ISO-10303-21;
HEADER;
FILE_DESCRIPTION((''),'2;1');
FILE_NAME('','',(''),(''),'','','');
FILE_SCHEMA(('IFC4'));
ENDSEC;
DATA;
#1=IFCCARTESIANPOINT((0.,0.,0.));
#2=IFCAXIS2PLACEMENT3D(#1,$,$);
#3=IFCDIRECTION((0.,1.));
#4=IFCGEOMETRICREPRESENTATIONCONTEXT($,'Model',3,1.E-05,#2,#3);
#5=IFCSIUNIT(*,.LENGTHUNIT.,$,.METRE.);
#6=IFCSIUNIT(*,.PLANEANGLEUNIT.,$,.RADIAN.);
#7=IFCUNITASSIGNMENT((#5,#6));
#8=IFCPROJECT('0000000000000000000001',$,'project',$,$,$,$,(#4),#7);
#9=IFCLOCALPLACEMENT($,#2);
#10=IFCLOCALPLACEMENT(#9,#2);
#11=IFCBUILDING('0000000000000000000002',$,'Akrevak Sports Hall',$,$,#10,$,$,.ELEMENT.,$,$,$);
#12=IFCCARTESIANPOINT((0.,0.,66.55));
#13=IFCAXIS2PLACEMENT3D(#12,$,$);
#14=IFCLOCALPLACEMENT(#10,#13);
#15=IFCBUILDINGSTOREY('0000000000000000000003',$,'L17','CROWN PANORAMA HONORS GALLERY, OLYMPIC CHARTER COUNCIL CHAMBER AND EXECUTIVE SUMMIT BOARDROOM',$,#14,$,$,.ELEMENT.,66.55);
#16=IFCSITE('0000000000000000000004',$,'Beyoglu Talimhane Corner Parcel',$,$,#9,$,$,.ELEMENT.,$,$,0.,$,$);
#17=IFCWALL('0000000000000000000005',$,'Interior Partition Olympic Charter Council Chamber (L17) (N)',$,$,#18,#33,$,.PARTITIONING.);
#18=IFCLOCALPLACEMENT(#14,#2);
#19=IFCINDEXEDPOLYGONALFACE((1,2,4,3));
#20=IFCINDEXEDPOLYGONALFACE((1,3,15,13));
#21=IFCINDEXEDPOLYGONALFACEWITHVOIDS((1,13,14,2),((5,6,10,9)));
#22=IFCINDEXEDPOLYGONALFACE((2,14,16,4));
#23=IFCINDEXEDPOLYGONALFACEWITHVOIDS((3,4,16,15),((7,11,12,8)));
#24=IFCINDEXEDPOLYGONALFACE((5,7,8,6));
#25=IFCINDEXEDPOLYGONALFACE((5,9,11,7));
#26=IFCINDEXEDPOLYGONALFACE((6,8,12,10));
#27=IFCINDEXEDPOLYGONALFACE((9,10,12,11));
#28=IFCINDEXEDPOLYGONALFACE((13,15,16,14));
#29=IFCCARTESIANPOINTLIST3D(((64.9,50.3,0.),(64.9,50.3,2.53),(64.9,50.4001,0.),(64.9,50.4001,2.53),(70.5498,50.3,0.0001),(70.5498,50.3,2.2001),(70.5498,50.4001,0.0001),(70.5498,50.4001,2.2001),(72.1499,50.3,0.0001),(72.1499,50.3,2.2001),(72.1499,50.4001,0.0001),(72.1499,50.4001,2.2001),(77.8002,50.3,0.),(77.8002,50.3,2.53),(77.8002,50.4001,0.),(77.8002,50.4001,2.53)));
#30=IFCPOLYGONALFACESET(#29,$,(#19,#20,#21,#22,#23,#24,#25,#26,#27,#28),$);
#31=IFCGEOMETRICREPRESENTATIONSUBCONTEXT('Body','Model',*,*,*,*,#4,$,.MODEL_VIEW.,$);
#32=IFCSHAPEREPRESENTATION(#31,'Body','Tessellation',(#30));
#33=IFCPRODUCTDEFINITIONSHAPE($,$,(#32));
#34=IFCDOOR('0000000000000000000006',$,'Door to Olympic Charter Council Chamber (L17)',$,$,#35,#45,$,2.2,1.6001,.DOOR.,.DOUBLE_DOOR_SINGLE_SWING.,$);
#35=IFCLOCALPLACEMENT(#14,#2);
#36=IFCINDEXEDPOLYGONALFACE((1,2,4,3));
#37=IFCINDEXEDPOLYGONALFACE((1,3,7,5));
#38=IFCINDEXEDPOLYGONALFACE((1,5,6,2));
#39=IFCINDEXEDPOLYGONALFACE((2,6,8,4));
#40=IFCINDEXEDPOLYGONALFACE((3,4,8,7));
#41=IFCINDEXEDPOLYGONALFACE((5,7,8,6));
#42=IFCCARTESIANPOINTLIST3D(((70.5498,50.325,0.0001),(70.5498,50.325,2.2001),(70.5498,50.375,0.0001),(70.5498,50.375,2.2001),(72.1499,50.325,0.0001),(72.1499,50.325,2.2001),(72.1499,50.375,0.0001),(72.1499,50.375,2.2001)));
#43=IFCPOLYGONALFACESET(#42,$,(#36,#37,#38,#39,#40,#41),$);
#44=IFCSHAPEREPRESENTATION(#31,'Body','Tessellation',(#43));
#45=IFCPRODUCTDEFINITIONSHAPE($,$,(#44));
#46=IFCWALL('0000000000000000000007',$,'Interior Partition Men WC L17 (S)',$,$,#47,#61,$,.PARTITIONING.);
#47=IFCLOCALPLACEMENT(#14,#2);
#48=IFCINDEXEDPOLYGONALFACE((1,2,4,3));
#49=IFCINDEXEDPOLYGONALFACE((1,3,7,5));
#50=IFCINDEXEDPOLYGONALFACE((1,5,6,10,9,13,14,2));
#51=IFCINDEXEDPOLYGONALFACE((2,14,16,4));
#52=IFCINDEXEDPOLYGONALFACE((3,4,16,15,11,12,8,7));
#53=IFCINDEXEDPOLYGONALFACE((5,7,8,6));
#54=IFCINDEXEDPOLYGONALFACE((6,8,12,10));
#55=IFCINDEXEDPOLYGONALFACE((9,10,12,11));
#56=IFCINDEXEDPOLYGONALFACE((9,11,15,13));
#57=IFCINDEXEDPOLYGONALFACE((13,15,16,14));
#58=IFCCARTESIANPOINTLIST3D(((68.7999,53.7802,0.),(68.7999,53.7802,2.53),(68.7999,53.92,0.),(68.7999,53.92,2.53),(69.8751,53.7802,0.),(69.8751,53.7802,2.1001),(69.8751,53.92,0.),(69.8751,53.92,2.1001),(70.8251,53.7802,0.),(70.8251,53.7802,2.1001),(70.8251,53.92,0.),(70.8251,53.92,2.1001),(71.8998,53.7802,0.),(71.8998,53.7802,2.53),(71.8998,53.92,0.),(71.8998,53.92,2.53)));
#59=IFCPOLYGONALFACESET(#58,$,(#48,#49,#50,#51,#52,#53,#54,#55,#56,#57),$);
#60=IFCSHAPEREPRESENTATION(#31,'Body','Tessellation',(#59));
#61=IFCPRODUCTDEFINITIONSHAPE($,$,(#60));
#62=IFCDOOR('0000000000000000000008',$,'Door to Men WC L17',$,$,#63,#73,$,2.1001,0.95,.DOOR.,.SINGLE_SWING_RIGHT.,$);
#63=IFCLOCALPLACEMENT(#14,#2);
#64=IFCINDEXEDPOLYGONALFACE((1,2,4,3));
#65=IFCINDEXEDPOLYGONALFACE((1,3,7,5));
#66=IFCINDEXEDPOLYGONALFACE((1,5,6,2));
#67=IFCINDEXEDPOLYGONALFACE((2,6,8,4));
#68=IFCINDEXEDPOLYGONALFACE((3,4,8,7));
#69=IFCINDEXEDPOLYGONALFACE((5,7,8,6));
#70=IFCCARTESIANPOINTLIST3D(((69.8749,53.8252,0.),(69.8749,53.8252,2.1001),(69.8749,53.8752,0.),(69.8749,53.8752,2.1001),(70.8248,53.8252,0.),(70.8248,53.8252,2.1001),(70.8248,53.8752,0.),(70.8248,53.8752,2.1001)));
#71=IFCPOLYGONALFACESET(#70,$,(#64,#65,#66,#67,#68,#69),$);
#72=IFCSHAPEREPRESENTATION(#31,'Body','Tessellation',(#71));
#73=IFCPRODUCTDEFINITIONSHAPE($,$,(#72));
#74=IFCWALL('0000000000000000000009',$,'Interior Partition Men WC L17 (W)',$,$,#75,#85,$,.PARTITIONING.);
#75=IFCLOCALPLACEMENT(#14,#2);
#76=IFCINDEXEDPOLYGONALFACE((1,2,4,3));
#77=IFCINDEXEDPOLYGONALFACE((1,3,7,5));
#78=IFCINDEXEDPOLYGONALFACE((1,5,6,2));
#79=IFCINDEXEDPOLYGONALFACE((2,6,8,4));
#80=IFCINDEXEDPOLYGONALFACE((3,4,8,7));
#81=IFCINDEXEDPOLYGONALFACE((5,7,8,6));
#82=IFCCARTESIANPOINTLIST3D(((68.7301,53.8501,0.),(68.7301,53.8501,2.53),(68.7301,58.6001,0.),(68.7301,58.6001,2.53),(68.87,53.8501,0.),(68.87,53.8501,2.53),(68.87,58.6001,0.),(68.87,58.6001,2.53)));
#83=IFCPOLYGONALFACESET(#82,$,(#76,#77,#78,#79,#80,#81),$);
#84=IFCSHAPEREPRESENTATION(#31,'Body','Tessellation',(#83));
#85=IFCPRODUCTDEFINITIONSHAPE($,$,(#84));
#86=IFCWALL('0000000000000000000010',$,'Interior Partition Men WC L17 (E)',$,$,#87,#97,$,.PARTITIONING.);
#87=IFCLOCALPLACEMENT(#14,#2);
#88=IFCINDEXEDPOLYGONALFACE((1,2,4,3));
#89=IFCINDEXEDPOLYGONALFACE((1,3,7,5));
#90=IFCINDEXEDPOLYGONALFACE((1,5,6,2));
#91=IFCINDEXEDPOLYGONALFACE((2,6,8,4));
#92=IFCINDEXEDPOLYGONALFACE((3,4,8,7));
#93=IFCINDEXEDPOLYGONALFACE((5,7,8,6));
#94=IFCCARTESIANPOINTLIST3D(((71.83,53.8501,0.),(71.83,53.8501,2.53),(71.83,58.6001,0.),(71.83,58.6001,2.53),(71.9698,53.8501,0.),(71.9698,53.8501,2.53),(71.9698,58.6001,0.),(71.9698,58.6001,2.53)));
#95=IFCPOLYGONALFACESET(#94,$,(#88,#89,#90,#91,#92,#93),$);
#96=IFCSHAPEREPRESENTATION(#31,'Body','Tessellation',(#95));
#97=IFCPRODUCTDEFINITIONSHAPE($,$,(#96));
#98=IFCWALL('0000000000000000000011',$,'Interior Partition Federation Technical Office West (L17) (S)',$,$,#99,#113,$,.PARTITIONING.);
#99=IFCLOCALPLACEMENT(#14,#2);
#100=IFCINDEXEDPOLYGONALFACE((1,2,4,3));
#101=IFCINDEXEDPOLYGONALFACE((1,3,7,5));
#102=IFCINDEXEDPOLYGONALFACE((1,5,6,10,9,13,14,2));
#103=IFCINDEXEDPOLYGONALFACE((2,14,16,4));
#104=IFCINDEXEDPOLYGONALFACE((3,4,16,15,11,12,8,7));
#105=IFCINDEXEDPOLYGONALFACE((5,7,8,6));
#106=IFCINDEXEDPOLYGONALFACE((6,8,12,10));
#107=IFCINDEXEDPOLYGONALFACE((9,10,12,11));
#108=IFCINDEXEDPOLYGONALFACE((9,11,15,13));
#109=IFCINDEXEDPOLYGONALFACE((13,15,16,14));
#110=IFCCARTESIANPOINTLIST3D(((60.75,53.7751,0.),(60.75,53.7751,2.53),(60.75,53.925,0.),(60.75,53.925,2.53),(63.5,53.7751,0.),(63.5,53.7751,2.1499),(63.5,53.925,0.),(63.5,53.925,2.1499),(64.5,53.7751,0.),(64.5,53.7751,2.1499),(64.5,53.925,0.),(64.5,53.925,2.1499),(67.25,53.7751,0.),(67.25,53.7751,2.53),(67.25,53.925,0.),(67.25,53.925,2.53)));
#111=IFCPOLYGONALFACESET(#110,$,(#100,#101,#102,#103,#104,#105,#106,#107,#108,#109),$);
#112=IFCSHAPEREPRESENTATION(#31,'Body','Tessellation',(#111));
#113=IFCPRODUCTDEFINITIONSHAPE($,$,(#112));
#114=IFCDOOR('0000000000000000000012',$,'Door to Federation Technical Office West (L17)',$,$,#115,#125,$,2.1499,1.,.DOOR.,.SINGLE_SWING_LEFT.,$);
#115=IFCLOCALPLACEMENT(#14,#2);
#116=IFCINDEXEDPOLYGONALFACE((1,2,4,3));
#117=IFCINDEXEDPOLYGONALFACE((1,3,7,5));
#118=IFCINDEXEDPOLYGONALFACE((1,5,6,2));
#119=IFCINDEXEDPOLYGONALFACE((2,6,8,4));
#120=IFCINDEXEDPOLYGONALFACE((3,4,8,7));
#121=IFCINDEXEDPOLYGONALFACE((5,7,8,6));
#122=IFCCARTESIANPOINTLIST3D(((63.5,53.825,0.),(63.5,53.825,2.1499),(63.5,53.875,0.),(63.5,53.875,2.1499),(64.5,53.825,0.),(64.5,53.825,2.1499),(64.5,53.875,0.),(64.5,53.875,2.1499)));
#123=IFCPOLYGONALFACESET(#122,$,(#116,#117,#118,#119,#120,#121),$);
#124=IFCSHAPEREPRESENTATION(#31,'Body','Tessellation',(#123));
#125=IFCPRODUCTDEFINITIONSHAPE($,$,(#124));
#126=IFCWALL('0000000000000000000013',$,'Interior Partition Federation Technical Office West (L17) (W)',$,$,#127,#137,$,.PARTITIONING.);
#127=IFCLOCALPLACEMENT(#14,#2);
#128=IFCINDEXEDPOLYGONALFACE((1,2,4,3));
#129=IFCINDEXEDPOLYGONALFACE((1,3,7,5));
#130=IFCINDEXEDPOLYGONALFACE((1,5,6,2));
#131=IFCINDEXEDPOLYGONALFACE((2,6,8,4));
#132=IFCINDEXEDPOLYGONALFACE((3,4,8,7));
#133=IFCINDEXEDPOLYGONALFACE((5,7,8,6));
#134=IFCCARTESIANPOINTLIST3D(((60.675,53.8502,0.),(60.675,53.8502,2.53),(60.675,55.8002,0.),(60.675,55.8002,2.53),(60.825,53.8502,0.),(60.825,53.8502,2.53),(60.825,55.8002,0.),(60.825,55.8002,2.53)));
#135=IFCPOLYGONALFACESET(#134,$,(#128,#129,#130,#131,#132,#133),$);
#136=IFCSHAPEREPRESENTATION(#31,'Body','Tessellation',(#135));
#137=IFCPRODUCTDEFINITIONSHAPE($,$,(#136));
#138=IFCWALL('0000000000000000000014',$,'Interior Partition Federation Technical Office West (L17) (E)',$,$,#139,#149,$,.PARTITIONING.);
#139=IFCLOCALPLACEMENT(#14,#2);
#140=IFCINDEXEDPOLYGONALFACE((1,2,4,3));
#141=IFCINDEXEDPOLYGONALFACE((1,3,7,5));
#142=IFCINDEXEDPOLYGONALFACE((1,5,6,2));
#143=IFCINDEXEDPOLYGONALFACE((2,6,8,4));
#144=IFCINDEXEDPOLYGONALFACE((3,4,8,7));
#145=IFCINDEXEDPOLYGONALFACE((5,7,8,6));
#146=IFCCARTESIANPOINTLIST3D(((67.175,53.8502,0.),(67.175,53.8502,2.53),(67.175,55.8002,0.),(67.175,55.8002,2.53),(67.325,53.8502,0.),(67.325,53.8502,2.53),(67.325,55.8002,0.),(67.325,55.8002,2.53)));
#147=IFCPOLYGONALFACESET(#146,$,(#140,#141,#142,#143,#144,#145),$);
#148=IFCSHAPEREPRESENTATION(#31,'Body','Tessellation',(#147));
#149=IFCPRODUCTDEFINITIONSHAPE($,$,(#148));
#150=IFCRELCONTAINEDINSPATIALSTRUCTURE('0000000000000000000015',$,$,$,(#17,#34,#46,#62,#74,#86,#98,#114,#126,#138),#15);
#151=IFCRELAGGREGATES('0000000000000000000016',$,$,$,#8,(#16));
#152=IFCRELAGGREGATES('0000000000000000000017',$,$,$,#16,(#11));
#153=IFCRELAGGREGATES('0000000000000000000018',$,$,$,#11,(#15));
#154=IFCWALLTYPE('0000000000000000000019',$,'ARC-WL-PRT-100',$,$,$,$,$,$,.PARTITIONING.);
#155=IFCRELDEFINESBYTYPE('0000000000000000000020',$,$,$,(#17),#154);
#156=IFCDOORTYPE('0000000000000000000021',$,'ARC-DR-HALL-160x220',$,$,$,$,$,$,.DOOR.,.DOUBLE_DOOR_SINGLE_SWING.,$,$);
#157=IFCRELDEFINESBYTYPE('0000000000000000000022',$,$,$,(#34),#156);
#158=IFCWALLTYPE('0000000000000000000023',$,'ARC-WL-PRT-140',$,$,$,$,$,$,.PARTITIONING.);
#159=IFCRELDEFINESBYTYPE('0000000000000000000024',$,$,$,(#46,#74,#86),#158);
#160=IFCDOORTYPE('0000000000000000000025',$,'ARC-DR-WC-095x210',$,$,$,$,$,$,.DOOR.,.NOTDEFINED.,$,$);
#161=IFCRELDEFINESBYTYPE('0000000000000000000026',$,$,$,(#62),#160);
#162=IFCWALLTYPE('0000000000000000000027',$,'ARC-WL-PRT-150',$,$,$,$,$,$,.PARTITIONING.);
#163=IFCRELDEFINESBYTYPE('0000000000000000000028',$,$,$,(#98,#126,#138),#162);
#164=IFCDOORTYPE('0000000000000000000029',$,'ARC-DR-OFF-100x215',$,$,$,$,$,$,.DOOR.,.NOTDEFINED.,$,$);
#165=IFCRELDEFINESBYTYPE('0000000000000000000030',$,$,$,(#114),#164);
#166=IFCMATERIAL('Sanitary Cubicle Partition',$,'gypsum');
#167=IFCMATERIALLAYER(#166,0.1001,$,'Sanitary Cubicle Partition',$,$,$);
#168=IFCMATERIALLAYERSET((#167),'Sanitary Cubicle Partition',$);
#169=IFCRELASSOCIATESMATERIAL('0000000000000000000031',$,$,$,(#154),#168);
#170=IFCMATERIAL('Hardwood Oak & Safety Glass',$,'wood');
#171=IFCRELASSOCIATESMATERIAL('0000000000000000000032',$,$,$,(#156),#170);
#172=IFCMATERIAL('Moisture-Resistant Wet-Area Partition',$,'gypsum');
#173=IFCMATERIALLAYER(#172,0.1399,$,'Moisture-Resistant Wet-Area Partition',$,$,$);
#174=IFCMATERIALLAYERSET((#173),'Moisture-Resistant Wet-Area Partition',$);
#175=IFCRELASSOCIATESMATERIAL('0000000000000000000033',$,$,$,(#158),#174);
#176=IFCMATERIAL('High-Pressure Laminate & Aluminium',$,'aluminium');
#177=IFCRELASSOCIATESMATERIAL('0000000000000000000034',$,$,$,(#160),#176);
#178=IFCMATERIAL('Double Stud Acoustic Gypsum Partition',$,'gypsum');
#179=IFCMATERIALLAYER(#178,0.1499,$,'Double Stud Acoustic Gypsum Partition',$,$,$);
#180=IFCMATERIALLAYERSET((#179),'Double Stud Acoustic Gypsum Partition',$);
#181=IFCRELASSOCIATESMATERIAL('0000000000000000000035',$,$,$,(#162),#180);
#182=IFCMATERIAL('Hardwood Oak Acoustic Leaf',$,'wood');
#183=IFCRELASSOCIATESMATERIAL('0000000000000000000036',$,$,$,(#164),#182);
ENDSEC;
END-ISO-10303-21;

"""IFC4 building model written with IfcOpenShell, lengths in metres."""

from ifc_helpers import new_model, si_unit, direction, frame, frame_2d, origin, place, context, subcontext, project, spatial, rectangle, extrude, material, layer, layer_set, type_object, element, fill, save


model = new_model("IFC4")

# Units and contexts
model_context = context("Model", 3, precision=1e-05, world=origin(), true_north=direction((0.0, 1.0)))
body_context = subcontext(model_context, "Body", "Model", "MODEL_VIEW")
ifc_project = project(units=[si_unit("LENGTHUNIT", "METRE"), si_unit("PLANEANGLEUNIT", "RADIAN")], contexts=[model_context])

# Site, building, storey
site_placement = place(None, origin())
site = spatial("IfcSite", under=ifc_project, at=site_placement, Name="Beyoglu Talimhane Corner Parcel", CompositionType="ELEMENT", RefElevation=0.0)
building_placement = place(site_placement, origin())
building = spatial("IfcBuilding", under=site, at=building_placement, Name="Akrevak Sports Hall", CompositionType="ELEMENT")
storey_placement = place(building_placement, frame((0.0, 0.0, 66.55)))
storey = spatial("IfcBuildingStorey", under=building, at=storey_placement, Name="L17", Description="CROWN PANORAMA HONORS GALLERY, OLYMPIC CHARTER COUNCIL CHAMBER AND EXECUTIVE SUMMIT BOARDROOM", CompositionType="ELEMENT", Elevation=66.55)

# Walls, openings, doors
ifc_material_1 = material(Name="Sanitary Cubicle Partition", Category="gypsum")
ifc_layer_1 = layer(ifc_material_1, 0.1001, Name="Sanitary Cubicle Partition")
ifc_layer_set_1 = layer_set([ifc_layer_1], Name="Sanitary Cubicle Partition")
wall_type_1 = type_object("IfcWallType", Name="ARC-WL-PRT-100", PredefinedType="PARTITIONING", material=ifc_layer_set_1)
wall_1_placement = place(storey_placement, frame((64.8999, 50.3501, 0.0), z_axis=(0.0, 0.0, 1.0), x_axis=(1.0, 0.0, 0.0)))
wall_1 = element("IfcWall", 1, at=wall_1_placement, inside=storey, type_object=wall_type_1, Name="Interior Partition Olympic Charter Council Chamber (L17) (N)", PredefinedType="PARTITIONING", context=body_context, shape_type="SweptSolid", body=[
    extrude(rectangle(XDim=12.9001, YDim=0.1001, at=frame_2d((6.4502, 0.0))), origin(), (0.0, 0.0, 1.0), 2.53),
])
opening_1_placement = place(wall_1_placement, frame((5.6499, 0.0, 0.0)))
opening_1 = element("IfcOpeningElement", 2, at=opening_1_placement, cuts=wall_1, PredefinedType="OPENING", context=body_context, shape_type="SweptSolid", body=[
    extrude(rectangle(XDim=1.6001, YDim=2.2, at=frame_2d((0.8, 1.1001))), frame((0.0, 0.062, 0.0), z_axis=(0.0, -1.0, 0.0), x_axis=(1.0, 0.0, 0.0)), (0.0, 0.0, 1.0), 0.124),
])
ifc_material_2 = material(Name="Hardwood Oak & Safety Glass", Category="wood")
door_type_1 = type_object("IfcDoorType", Name="ARC-DR-HALL-160x220", OperationType="DOUBLE_DOOR_SINGLE_SWING", PredefinedType="DOOR", material=ifc_material_2)
door_1_placement = place(opening_1_placement, origin())
door_1 = element("IfcDoor", 3, at=door_1_placement, inside=storey, type_object=door_type_1, Name="Door to Olympic Charter Council Chamber (L17)", OperationType="DOUBLE_DOOR_SINGLE_SWING", OverallHeight=2.2, OverallWidth=1.6001, PredefinedType="DOOR", context=body_context, shape_type="SweptSolid", body=[
    extrude(rectangle(XDim=1.6001, YDim=2.2, at=frame_2d((0.8, 1.1001))), frame((0.0, 0.0249, 0.0), z_axis=(0.0, -1.0, 0.0), x_axis=(1.0, 0.0, 0.0)), (0.0, 0.0, 1.0), 0.05),
])
fill(opening_1, door_1)
ifc_material_3 = material(Name="Moisture-Resistant Wet-Area Partition", Category="gypsum")
ifc_layer_2 = layer(ifc_material_3, 0.1399, Name="Moisture-Resistant Wet-Area Partition")
ifc_layer_set_2 = layer_set([ifc_layer_2], Name="Moisture-Resistant Wet-Area Partition")
wall_type_2 = type_object("IfcWallType", Name="ARC-WL-PRT-140", PredefinedType="PARTITIONING", material=ifc_layer_set_2)
wall_2_placement = place(storey_placement, frame((68.8, 53.8501, 0.0), z_axis=(0.0, 0.0, 1.0), x_axis=(1.0, 0.0, 0.0)))
wall_2 = element("IfcWall", 4, at=wall_2_placement, inside=storey, type_object=wall_type_2, Name="Interior Partition Men WC L17 (S)", PredefinedType="PARTITIONING", context=body_context, shape_type="SweptSolid", body=[
    extrude(rectangle(XDim=3.0999, YDim=0.1399, at=frame_2d((1.5498, 0.0))), origin(), (0.0, 0.0, 1.0), 2.53),
])
opening_2_placement = place(wall_2_placement, frame((1.075, 0.0, 0.0)))
opening_2 = element("IfcOpeningElement", 5, at=opening_2_placement, cuts=wall_2, PredefinedType="OPENING", context=body_context, shape_type="SweptSolid", body=[
    extrude(rectangle(XDim=0.95, YDim=2.1001, at=frame_2d((0.4751, 1.05))), frame((0.0, 0.082, 0.0), z_axis=(0.0, -1.0, 0.0), x_axis=(1.0, 0.0, 0.0)), (0.0, 0.0, 1.0), 0.1638),
])
ifc_material_4 = material(Name="High-Pressure Laminate & Aluminium", Category="aluminium")
door_type_2 = type_object("IfcDoorType", Name="ARC-DR-WC-095x210", OperationType="NOTDEFINED", PredefinedType="DOOR", material=ifc_material_4)
door_2_placement = place(opening_2_placement, frame((0.95, 0.0, 0.0), z_axis=(0.0, 0.0, 1.0), x_axis=(-1.0, 0.0, 0.0)))
door_2 = element("IfcDoor", 6, at=door_2_placement, inside=storey, type_object=door_type_2, Name="Door to Men WC L17", OperationType="SINGLE_SWING_RIGHT", OverallHeight=2.1001, OverallWidth=0.95, PredefinedType="DOOR", context=body_context, shape_type="SweptSolid", body=[
    extrude(rectangle(XDim=0.95, YDim=2.1001, at=frame_2d((0.4751, 1.05))), frame((0.0, 0.0249, 0.0), z_axis=(0.0, -1.0, 0.0), x_axis=(1.0, 0.0, 0.0)), (0.0, 0.0, 1.0), 0.05),
])
fill(opening_2, door_2)

# Walls
for number, where, z_axis, x_axis, name in (
    (7, (68.8, 53.8501, 0.0), (0.0, 0.0, 1.0), (0.0, 1.0, 0.0), "Interior Partition Men WC L17 (W)"),
    (8, (71.8999, 53.8501, 0.0), (0.0, 0.0, 1.0), (0.0, 1.0, 0.0), "Interior Partition Men WC L17 (E)"),
):
    element("IfcWall", number, at=place(storey_placement, frame(where, z_axis=z_axis, x_axis=x_axis)), inside=storey, type_object=wall_type_2, Name=name, PredefinedType="PARTITIONING", context=body_context, shape_type="SweptSolid", body=[
        extrude(rectangle(XDim=4.75, YDim=0.1399, at=frame_2d((2.375, 0.0))), origin(), (0.0, 0.0, 1.0), 2.53),
    ])

# Wall, opening, door
ifc_material_5 = material(Name="Double Stud Acoustic Gypsum Partition", Category="gypsum")
ifc_layer_3 = layer(ifc_material_5, 0.1499, Name="Double Stud Acoustic Gypsum Partition")
ifc_layer_set_3 = layer_set([ifc_layer_3], Name="Double Stud Acoustic Gypsum Partition")
wall_type_3 = type_object("IfcWallType", Name="ARC-WL-PRT-150", PredefinedType="PARTITIONING", material=ifc_layer_set_3)
wall_3_placement = place(storey_placement, frame((60.75, 53.8501, 0.0), z_axis=(0.0, 0.0, 1.0), x_axis=(1.0, 0.0, 0.0)))
wall_3 = element("IfcWall", 9, at=wall_3_placement, inside=storey, type_object=wall_type_3, Name="Interior Partition Federation Technical Office West (L17) (S)", PredefinedType="PARTITIONING", context=body_context, shape_type="SweptSolid", body=[
    extrude(rectangle(XDim=6.5, YDim=0.1499, at=frame_2d((3.25, 0.0))), origin(), (0.0, 0.0, 1.0), 2.53),
])
opening_3_placement = place(wall_3_placement, frame((2.75, 0.0, 0.0)))
opening_3 = element("IfcOpeningElement", 10, at=opening_3_placement, cuts=wall_3, PredefinedType="OPENING", context=body_context, shape_type="SweptSolid", body=[
    extrude(rectangle(XDim=1.0, YDim=2.1499, at=frame_2d((0.5, 1.075))), frame((0.0, 0.0869, 0.0), z_axis=(0.0, -1.0, 0.0), x_axis=(1.0, 0.0, 0.0)), (0.0, 0.0, 1.0), 0.1738),
])
ifc_material_6 = material(Name="Hardwood Oak Acoustic Leaf", Category="wood")
door_type_3 = type_object("IfcDoorType", Name="ARC-DR-OFF-100x215", OperationType="NOTDEFINED", PredefinedType="DOOR", material=ifc_material_6)
door_3_placement = place(opening_3_placement, origin())
door_3 = element("IfcDoor", 11, at=door_3_placement, inside=storey, type_object=door_type_3, Name="Door to Federation Technical Office West (L17)", OperationType="SINGLE_SWING_LEFT", OverallHeight=2.1499, OverallWidth=1.0, PredefinedType="DOOR", context=body_context, shape_type="SweptSolid", body=[
    extrude(rectangle(XDim=1.0, YDim=2.1499, at=frame_2d((0.5, 1.075))), frame((0.0, 0.0249, 0.0), z_axis=(0.0, -1.0, 0.0), x_axis=(1.0, 0.0, 0.0)), (0.0, 0.0, 1.0), 0.05),
])
fill(opening_3, door_3)

# Walls
for number, where, z_axis, x_axis, name in (
    (12, (60.75, 53.8501, 0.0), (0.0, 0.0, 1.0), (0.0, 1.0, 0.0), "Interior Partition Federation Technical Office West (L17) (W)"),
    (13, (67.25, 53.8501, 0.0), (0.0, 0.0, 1.0), (0.0, 1.0, 0.0), "Interior Partition Federation Technical Office West (L17) (E)"),
):
    element("IfcWall", number, at=place(storey_placement, frame(where, z_axis=z_axis, x_axis=x_axis)), inside=storey, type_object=wall_type_3, Name=name, PredefinedType="PARTITIONING", context=body_context, shape_type="SweptSolid", body=[
        extrude(rectangle(XDim=1.95, YDim=0.1499, at=frame_2d((0.9751, 0.0))), origin(), (0.0, 0.0, 1.0), 2.53),
    ])

save(model, "model.ifc")
